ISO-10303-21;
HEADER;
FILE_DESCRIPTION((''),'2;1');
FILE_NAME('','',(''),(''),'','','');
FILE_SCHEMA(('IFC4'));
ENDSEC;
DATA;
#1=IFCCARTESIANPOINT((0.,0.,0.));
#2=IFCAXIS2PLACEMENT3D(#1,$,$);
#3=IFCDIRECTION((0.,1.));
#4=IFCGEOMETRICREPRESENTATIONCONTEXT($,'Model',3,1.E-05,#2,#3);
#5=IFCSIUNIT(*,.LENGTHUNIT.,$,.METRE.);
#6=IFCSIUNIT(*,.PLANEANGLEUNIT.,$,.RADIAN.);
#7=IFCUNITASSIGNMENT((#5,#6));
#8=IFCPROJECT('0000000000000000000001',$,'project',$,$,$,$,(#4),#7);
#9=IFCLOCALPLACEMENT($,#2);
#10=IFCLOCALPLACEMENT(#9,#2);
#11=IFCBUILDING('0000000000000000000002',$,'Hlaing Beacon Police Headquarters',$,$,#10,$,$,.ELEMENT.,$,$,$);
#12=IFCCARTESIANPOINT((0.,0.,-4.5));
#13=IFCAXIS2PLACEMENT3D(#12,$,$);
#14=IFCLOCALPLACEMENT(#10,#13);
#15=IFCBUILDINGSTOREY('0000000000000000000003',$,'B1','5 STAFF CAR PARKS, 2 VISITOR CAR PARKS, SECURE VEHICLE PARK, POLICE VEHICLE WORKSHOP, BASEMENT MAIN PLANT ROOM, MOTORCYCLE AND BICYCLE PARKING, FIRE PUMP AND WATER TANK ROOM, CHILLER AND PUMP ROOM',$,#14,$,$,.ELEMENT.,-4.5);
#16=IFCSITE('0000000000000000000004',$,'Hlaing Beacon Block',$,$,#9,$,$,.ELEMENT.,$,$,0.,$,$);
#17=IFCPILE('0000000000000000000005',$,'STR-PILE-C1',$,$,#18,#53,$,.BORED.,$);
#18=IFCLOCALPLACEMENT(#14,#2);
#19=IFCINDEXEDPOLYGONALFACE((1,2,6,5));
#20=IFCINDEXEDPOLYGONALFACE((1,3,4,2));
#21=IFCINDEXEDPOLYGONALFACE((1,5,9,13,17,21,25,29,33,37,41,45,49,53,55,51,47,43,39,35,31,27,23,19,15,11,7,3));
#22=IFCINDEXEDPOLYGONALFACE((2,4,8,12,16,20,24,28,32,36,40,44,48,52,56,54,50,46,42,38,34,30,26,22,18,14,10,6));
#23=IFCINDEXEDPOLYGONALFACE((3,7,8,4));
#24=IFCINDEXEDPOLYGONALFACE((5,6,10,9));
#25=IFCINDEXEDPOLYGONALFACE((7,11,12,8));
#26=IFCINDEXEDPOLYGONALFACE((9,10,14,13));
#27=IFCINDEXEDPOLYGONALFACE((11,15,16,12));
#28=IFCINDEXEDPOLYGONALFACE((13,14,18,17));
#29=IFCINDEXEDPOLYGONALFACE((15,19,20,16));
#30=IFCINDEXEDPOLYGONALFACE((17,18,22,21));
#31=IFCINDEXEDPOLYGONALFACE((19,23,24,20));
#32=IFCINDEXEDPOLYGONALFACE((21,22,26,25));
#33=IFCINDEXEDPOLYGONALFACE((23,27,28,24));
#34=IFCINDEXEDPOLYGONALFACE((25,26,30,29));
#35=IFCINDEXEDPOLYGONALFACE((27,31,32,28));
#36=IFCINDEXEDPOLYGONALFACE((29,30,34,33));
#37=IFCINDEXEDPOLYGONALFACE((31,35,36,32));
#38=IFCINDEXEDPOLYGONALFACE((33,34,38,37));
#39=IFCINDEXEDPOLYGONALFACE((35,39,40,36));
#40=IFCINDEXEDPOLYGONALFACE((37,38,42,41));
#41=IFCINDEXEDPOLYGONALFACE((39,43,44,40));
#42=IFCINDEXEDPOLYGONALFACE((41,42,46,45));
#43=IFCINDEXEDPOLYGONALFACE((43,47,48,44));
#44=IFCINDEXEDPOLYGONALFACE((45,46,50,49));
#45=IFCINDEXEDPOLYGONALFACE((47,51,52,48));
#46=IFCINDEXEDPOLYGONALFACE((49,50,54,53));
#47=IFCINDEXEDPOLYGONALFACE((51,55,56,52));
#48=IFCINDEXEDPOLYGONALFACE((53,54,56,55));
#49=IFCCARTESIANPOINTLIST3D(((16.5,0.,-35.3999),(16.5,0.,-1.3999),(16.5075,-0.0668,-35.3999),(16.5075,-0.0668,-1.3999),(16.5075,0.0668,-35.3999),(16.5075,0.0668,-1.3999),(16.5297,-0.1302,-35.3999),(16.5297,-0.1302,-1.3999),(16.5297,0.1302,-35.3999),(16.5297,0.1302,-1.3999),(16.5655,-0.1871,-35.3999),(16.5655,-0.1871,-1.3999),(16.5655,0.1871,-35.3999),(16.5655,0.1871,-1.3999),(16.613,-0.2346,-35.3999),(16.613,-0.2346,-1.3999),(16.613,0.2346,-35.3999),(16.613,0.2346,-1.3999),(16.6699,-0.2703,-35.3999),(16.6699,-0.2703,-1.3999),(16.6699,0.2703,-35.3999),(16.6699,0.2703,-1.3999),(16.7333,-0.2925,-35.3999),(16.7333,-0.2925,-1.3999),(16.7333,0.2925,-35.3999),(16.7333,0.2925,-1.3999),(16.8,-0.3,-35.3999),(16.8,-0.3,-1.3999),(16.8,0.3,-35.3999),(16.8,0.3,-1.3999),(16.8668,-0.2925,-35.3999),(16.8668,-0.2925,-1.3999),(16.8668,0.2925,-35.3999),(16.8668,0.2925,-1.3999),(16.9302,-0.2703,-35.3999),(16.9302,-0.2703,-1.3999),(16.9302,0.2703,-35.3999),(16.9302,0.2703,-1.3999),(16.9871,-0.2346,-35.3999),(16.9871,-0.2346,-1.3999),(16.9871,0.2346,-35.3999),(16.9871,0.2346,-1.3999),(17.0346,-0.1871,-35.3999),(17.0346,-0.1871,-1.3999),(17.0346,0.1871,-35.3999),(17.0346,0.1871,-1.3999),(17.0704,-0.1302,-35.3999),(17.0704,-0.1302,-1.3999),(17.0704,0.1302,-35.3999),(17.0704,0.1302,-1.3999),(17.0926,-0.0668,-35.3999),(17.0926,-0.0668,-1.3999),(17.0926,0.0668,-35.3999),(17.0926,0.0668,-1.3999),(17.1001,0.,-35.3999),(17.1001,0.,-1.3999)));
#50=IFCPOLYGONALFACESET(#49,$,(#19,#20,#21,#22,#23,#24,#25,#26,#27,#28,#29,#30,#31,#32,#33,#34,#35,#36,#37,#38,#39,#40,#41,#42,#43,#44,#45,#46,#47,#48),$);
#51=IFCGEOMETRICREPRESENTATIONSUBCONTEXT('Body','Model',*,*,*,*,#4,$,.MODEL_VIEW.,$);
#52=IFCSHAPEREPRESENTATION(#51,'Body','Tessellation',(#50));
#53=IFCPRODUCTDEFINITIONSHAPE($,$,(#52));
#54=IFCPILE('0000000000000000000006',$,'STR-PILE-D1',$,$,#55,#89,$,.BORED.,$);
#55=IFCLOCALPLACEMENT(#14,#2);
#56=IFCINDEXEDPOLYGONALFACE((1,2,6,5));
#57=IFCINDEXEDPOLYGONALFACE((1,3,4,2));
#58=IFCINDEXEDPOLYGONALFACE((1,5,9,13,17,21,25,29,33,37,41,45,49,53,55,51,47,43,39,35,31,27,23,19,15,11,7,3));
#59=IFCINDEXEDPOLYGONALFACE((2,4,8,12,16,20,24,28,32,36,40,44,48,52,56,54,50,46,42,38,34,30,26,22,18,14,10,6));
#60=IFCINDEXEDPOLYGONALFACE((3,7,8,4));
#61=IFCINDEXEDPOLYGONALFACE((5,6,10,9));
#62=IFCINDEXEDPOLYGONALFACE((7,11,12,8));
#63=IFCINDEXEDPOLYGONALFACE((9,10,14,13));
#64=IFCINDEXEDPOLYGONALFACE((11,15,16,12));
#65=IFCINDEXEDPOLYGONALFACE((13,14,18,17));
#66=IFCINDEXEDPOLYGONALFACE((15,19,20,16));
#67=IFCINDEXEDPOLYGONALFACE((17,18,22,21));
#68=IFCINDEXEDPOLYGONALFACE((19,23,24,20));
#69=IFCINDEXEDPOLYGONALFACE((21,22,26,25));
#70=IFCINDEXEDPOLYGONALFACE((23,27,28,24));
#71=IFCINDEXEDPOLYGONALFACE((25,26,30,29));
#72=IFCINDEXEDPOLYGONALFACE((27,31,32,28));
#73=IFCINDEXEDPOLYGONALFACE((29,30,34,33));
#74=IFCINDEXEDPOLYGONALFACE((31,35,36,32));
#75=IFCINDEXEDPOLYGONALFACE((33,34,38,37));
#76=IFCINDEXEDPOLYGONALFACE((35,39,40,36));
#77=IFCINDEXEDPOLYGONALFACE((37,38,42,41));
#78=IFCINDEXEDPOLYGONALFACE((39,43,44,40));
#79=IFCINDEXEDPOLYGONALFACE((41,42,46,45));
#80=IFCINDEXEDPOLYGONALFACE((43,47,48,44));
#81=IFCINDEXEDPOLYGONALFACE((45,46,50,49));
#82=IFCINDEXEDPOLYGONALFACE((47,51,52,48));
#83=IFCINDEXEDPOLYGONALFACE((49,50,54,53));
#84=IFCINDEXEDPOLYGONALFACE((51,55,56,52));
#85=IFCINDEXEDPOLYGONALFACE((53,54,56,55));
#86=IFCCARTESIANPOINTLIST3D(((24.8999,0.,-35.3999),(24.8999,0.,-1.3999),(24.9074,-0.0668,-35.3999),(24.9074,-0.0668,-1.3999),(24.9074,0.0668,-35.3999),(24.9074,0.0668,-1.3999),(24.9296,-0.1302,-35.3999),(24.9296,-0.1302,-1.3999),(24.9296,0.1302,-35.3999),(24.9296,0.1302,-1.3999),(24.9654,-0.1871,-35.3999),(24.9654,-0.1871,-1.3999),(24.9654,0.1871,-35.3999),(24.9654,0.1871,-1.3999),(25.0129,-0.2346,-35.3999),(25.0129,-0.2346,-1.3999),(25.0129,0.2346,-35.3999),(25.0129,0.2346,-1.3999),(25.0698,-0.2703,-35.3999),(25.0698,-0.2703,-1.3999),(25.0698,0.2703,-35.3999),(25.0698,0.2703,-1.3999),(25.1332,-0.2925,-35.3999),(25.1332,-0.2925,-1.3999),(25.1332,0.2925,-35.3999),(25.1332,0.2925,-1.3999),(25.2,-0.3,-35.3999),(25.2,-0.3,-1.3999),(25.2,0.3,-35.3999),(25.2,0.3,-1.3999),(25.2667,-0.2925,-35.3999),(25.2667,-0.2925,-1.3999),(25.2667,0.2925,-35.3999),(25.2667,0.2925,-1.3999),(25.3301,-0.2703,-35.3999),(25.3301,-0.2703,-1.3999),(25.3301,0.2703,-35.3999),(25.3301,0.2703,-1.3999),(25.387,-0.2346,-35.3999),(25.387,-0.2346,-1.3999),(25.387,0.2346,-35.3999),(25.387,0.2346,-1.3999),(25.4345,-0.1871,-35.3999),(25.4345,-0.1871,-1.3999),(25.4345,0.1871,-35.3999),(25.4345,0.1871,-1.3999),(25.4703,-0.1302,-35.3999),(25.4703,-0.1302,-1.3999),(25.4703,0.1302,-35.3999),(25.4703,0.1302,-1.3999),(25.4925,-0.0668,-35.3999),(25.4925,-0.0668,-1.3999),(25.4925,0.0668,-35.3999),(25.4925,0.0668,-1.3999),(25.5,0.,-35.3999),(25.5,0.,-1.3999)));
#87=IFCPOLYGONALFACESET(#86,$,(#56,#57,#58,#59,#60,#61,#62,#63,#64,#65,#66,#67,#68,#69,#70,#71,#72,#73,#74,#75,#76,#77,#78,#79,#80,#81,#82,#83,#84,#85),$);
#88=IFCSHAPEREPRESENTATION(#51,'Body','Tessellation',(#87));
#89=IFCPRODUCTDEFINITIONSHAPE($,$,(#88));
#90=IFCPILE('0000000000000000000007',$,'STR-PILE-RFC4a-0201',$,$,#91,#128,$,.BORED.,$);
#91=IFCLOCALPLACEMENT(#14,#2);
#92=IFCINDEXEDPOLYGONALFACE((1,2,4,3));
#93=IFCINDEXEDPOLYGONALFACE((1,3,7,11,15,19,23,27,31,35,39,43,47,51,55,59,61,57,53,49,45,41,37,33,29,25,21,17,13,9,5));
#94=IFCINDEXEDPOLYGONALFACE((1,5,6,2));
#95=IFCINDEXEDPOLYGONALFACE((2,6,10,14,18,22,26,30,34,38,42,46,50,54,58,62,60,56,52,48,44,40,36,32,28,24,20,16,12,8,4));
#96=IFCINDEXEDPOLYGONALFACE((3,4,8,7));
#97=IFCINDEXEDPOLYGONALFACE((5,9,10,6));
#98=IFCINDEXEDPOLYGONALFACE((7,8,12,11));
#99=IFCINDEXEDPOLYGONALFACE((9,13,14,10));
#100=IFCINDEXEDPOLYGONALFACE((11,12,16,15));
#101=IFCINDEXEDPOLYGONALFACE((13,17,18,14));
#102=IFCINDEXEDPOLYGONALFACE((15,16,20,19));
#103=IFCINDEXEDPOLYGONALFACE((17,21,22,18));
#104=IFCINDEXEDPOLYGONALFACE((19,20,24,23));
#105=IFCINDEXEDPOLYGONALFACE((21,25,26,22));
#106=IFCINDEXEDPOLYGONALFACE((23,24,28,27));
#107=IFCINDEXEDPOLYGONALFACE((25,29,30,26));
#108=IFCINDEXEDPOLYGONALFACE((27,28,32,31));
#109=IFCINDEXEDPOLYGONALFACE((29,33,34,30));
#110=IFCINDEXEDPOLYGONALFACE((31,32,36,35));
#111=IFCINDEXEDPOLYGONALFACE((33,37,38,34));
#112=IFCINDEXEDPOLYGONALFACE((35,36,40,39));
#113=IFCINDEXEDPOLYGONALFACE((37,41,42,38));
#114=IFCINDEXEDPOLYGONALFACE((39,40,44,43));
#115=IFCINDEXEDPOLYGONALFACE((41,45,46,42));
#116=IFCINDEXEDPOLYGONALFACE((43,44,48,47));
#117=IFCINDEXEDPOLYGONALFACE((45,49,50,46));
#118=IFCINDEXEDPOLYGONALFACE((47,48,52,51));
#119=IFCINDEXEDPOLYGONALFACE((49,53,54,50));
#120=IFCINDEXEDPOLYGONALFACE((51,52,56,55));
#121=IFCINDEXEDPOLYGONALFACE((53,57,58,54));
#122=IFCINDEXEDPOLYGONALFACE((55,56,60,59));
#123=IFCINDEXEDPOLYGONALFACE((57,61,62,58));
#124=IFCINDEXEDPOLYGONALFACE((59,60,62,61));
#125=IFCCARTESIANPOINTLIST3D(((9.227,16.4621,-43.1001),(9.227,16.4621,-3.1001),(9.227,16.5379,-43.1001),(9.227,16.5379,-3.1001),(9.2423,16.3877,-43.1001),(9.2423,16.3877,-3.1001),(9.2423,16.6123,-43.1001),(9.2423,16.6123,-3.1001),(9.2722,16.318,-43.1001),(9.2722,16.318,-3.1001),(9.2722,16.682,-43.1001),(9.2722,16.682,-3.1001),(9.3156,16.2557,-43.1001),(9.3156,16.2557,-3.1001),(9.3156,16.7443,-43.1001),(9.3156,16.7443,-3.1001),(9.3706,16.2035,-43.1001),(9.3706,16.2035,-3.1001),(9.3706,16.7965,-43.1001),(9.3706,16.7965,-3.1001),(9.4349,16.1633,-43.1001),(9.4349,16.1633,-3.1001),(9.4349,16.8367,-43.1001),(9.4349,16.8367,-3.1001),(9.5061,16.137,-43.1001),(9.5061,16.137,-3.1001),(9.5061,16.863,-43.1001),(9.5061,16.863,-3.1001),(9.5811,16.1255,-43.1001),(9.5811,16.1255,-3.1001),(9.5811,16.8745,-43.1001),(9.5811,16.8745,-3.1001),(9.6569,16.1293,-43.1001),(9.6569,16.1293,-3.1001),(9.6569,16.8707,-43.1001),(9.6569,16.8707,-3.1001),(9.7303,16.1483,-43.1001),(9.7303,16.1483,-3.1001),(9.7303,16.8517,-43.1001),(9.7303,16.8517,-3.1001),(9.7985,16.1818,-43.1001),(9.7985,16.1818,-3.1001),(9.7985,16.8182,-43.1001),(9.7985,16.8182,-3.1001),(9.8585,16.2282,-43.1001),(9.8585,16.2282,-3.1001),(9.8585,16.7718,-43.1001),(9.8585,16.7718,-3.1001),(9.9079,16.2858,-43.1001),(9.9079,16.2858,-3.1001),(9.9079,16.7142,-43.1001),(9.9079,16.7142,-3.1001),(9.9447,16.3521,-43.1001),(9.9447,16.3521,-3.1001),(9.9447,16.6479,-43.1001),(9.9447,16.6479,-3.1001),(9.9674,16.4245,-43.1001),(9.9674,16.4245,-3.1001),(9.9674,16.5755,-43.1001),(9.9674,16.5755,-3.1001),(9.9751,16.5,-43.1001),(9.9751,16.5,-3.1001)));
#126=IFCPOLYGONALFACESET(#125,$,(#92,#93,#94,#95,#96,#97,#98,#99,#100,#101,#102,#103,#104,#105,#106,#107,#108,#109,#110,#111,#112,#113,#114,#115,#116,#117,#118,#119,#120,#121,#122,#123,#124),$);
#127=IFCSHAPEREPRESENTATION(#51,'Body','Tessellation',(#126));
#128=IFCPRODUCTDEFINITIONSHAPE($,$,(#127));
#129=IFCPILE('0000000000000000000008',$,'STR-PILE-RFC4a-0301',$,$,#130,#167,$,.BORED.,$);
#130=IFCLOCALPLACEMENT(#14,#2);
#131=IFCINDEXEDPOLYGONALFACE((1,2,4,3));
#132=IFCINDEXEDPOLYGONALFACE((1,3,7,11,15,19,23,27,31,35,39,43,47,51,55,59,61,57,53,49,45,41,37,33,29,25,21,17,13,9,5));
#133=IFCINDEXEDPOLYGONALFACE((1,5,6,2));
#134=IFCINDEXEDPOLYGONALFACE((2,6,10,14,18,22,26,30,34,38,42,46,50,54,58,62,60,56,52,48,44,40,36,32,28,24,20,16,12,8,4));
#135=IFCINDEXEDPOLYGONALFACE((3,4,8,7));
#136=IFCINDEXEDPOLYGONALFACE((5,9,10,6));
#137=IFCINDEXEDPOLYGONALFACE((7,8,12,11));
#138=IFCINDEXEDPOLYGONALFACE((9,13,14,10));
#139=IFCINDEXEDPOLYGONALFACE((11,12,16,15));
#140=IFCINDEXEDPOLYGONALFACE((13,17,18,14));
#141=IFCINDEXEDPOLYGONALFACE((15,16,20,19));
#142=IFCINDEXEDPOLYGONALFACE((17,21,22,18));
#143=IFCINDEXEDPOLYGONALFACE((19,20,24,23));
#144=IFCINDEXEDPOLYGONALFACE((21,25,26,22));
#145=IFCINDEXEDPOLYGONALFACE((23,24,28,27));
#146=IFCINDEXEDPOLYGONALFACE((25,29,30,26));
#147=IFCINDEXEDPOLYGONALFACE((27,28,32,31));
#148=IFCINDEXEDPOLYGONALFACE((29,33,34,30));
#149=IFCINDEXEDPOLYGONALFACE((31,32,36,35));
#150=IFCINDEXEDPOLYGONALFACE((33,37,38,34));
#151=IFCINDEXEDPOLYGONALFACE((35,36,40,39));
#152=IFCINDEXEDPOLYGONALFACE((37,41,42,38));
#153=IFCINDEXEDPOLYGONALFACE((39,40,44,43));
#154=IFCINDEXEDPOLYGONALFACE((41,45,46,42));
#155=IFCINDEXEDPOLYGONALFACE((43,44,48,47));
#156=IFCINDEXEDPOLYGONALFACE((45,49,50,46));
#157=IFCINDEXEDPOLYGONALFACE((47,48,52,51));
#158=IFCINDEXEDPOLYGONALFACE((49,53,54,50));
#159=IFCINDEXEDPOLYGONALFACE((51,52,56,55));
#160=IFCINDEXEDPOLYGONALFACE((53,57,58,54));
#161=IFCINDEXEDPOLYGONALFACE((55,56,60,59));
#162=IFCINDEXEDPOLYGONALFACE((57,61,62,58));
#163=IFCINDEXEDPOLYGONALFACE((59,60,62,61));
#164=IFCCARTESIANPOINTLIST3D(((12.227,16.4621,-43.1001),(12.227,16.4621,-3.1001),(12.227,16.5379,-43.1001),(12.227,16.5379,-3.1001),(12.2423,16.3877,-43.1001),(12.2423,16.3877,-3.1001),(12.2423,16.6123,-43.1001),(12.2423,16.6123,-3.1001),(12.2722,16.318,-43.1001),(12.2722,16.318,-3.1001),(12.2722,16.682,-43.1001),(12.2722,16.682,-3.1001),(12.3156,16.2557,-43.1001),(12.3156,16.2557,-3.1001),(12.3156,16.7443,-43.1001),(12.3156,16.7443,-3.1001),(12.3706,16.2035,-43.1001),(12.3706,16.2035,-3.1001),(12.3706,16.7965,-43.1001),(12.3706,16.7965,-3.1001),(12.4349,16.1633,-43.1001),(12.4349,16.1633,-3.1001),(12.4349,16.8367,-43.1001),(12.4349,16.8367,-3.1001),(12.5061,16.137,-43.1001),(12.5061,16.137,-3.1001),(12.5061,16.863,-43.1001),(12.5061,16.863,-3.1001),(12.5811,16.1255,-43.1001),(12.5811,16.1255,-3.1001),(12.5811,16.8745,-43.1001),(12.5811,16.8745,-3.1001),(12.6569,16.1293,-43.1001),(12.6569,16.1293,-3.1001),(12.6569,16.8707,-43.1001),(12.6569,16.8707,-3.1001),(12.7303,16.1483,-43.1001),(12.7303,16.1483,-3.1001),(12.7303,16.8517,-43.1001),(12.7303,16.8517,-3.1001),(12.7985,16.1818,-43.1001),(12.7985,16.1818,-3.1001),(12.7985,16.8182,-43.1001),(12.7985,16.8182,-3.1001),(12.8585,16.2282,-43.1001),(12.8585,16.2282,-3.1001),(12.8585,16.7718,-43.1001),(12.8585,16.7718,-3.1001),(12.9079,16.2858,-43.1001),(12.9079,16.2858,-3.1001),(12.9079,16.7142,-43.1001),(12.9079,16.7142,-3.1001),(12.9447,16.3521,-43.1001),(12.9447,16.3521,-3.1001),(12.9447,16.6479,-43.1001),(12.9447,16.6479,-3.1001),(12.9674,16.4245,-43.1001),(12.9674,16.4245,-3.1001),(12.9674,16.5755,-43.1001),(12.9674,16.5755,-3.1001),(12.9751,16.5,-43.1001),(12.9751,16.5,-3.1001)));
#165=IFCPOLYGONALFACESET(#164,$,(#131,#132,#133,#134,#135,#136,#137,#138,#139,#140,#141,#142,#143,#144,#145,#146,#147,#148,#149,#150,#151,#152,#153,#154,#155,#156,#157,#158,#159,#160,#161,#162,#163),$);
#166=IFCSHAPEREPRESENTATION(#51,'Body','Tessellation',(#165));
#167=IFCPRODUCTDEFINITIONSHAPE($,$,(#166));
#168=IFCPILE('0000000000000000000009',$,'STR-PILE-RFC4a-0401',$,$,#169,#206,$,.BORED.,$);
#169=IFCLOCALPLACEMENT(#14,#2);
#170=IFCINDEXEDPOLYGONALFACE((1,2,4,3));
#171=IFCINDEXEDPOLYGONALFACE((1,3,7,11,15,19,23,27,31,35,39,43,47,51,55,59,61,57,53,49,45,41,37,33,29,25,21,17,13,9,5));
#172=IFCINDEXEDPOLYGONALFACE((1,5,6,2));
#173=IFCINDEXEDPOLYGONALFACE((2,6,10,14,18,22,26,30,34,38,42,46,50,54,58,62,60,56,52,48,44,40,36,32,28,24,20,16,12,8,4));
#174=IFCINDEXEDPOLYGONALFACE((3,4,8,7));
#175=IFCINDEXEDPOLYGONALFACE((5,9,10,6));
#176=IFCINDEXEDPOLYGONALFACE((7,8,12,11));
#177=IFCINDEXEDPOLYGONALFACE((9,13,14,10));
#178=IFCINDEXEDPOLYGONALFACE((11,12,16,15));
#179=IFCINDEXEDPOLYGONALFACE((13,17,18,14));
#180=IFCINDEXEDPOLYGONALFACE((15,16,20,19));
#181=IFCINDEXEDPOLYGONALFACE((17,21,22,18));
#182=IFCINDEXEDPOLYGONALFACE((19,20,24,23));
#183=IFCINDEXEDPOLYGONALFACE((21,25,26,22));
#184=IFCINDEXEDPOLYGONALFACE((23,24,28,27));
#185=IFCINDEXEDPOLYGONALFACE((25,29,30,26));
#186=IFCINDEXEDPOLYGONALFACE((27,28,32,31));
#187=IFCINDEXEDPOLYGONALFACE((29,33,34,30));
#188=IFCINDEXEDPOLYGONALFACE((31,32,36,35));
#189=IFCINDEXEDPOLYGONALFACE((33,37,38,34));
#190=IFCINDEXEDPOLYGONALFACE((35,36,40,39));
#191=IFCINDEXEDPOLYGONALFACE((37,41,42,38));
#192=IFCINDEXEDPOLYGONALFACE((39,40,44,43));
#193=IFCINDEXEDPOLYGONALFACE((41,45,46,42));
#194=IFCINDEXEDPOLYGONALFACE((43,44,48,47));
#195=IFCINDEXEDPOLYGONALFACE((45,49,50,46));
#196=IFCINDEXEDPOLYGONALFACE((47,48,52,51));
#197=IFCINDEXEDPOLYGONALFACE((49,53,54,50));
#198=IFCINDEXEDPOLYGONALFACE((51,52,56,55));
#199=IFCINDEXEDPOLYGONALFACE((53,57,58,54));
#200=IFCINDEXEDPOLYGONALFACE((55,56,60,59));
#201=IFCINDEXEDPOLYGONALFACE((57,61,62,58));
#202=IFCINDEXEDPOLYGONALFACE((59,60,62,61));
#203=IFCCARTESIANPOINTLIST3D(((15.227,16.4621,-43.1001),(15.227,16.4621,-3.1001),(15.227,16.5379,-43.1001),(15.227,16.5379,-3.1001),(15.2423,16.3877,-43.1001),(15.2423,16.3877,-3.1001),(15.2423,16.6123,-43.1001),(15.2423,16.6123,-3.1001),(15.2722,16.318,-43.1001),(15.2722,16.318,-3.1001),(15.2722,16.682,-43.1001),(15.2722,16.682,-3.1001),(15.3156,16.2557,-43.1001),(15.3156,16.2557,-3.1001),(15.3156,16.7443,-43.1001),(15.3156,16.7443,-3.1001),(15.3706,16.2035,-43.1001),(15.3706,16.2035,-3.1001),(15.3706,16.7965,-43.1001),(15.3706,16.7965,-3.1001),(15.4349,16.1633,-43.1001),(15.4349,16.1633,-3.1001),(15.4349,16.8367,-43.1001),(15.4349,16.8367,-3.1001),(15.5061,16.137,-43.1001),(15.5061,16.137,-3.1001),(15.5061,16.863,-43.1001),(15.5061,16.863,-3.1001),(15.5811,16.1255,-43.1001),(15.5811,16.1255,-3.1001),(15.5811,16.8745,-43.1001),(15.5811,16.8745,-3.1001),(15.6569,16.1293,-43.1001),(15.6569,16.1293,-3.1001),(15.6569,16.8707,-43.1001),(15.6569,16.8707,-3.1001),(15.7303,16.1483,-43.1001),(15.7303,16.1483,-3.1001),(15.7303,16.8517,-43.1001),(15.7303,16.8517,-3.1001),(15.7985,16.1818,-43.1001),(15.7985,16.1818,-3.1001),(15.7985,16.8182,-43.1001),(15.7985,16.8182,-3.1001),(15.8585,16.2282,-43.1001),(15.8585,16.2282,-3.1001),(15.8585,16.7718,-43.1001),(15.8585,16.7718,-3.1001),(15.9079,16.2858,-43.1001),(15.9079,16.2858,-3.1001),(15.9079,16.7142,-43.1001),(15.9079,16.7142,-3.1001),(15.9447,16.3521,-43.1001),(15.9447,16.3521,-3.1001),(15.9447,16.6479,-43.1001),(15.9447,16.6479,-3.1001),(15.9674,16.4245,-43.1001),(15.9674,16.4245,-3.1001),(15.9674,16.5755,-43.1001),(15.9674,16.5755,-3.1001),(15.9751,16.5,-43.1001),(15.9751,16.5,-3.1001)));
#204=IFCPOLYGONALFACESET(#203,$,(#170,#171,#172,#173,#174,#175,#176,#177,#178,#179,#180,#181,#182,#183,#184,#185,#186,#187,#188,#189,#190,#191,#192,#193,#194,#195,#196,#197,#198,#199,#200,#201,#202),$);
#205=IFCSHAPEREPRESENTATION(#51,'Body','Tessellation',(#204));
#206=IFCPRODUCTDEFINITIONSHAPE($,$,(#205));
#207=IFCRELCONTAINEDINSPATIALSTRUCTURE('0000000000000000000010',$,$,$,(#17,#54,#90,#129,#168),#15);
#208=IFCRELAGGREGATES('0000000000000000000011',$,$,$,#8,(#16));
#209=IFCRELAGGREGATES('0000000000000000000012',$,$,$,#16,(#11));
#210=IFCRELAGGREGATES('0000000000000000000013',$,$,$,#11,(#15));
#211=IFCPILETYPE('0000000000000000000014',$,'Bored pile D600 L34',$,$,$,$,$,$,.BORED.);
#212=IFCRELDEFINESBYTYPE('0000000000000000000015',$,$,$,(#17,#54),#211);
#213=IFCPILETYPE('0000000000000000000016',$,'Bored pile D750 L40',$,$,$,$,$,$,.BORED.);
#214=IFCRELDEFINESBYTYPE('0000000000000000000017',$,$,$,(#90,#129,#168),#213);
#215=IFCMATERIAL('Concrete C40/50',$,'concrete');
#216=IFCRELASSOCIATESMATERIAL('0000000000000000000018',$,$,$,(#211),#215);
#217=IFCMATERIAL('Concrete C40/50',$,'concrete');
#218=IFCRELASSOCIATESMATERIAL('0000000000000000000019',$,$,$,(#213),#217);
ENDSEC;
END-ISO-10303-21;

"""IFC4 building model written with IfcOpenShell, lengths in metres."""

from ifc_helpers import new_model, si_unit, direction, frame, origin, origin_2d, place, context, subcontext, project, spatial, circle, extrude, material, material_profile, profile_set, type_object, element, save


model = new_model("IFC4")

# Units and contexts
model_context = context("Model", 3, precision=1e-05, world=origin(), true_north=direction((0.0, 1.0)))
body_context = subcontext(model_context, "Body", "Model", "MODEL_VIEW")
ifc_project = project(units=[si_unit("LENGTHUNIT", "METRE"), si_unit("PLANEANGLEUNIT", "RADIAN")], contexts=[model_context])

# Site, building, storey
site_placement = place(None, origin())
site = spatial("IfcSite", under=ifc_project, at=site_placement, Name="Hlaing Beacon Block", CompositionType="ELEMENT", RefElevation=0.0)
building_placement = place(site_placement, origin())
building = spatial("IfcBuilding", under=site, at=building_placement, Name="Hlaing Beacon Police Headquarters", CompositionType="ELEMENT")
storey_placement = place(building_placement, frame((0.0, 0.0, -4.5)))
storey = spatial("IfcBuildingStorey", under=building, at=storey_placement, Name="B1", Description="5 STAFF CAR PARKS, 2 VISITOR CAR PARKS, SECURE VEHICLE PARK, POLICE VEHICLE WORKSHOP, BASEMENT MAIN PLANT ROOM, MOTORCYCLE AND BICYCLE PARKING, FIRE PUMP AND WATER TANK ROOM, CHILLER AND PUMP ROOM", CompositionType="ELEMENT", Elevation=-4.5)

# Piles
ifc_material_1 = material(Name="Concrete C40/50", Category="concrete")
ifc_material_profile_1 = material_profile(ifc_material_1, circle(Radius=0.3, at=origin_2d()), Name="D600")
ifc_profile_set_1 = profile_set([ifc_material_profile_1], Name="Concrete C40/50")
pile_type_1 = type_object("IfcPileType", Name="Bored pile D600 L34", PredefinedType="BORED", material=ifc_profile_set_1)
for number, where, z_axis, x_axis, name in (
    (1, (16.8, 0.0, -1.3999), (0.0, 0.0, -1.0), (1.0, 0.0, 0.0), "STR-PILE-C1"),
    (2, (25.2, 0.0, -1.3999), (0.0, 0.0, -1.0), (1.0, 0.0, 0.0), "STR-PILE-D1"),
):
    element("IfcPile", number, at=place(storey_placement, frame(where, z_axis=z_axis, x_axis=x_axis)), inside=storey, type_object=pile_type_1, Name=name, PredefinedType="BORED", context=body_context, shape_type="SweptSolid", body=[
        extrude(circle(Radius=0.3, at=origin_2d()), origin(), (0.0, 0.0, 1.0), 34.0),
    ])
ifc_material_2 = material(Name="Concrete C40/50", Category="concrete")
ifc_material_profile_2 = material_profile(ifc_material_2, circle(Radius=0.375, at=origin_2d()), Name="D750")
ifc_profile_set_2 = profile_set([ifc_material_profile_2], Name="Concrete C40/50")
pile_type_2 = type_object("IfcPileType", Name="Bored pile D750 L40", PredefinedType="BORED", material=ifc_profile_set_2)
for number, where, z_axis, x_axis, name in (
    (3, (9.6001, 16.5, -3.1001), (0.0, 0.0, -1.0), (1.0, 0.0, 0.0), "STR-PILE-RFC4a-0201"),
    (4, (12.6001, 16.5, -3.1001), (0.0, 0.0, -1.0), (1.0, 0.0, 0.0), "STR-PILE-RFC4a-0301"),
    (5, (15.6001, 16.5, -3.1001), (0.0, 0.0, -1.0), (1.0, 0.0, 0.0), "STR-PILE-RFC4a-0401"),
):
    element("IfcPile", number, at=place(storey_placement, frame(where, z_axis=z_axis, x_axis=x_axis)), inside=storey, type_object=pile_type_2, Name=name, PredefinedType="BORED", context=body_context, shape_type="SweptSolid", body=[
        extrude(circle(Radius=0.375, at=origin_2d()), origin(), (0.0, 0.0, 1.0), 40.0),
    ])

save(model, "model.ifc")
